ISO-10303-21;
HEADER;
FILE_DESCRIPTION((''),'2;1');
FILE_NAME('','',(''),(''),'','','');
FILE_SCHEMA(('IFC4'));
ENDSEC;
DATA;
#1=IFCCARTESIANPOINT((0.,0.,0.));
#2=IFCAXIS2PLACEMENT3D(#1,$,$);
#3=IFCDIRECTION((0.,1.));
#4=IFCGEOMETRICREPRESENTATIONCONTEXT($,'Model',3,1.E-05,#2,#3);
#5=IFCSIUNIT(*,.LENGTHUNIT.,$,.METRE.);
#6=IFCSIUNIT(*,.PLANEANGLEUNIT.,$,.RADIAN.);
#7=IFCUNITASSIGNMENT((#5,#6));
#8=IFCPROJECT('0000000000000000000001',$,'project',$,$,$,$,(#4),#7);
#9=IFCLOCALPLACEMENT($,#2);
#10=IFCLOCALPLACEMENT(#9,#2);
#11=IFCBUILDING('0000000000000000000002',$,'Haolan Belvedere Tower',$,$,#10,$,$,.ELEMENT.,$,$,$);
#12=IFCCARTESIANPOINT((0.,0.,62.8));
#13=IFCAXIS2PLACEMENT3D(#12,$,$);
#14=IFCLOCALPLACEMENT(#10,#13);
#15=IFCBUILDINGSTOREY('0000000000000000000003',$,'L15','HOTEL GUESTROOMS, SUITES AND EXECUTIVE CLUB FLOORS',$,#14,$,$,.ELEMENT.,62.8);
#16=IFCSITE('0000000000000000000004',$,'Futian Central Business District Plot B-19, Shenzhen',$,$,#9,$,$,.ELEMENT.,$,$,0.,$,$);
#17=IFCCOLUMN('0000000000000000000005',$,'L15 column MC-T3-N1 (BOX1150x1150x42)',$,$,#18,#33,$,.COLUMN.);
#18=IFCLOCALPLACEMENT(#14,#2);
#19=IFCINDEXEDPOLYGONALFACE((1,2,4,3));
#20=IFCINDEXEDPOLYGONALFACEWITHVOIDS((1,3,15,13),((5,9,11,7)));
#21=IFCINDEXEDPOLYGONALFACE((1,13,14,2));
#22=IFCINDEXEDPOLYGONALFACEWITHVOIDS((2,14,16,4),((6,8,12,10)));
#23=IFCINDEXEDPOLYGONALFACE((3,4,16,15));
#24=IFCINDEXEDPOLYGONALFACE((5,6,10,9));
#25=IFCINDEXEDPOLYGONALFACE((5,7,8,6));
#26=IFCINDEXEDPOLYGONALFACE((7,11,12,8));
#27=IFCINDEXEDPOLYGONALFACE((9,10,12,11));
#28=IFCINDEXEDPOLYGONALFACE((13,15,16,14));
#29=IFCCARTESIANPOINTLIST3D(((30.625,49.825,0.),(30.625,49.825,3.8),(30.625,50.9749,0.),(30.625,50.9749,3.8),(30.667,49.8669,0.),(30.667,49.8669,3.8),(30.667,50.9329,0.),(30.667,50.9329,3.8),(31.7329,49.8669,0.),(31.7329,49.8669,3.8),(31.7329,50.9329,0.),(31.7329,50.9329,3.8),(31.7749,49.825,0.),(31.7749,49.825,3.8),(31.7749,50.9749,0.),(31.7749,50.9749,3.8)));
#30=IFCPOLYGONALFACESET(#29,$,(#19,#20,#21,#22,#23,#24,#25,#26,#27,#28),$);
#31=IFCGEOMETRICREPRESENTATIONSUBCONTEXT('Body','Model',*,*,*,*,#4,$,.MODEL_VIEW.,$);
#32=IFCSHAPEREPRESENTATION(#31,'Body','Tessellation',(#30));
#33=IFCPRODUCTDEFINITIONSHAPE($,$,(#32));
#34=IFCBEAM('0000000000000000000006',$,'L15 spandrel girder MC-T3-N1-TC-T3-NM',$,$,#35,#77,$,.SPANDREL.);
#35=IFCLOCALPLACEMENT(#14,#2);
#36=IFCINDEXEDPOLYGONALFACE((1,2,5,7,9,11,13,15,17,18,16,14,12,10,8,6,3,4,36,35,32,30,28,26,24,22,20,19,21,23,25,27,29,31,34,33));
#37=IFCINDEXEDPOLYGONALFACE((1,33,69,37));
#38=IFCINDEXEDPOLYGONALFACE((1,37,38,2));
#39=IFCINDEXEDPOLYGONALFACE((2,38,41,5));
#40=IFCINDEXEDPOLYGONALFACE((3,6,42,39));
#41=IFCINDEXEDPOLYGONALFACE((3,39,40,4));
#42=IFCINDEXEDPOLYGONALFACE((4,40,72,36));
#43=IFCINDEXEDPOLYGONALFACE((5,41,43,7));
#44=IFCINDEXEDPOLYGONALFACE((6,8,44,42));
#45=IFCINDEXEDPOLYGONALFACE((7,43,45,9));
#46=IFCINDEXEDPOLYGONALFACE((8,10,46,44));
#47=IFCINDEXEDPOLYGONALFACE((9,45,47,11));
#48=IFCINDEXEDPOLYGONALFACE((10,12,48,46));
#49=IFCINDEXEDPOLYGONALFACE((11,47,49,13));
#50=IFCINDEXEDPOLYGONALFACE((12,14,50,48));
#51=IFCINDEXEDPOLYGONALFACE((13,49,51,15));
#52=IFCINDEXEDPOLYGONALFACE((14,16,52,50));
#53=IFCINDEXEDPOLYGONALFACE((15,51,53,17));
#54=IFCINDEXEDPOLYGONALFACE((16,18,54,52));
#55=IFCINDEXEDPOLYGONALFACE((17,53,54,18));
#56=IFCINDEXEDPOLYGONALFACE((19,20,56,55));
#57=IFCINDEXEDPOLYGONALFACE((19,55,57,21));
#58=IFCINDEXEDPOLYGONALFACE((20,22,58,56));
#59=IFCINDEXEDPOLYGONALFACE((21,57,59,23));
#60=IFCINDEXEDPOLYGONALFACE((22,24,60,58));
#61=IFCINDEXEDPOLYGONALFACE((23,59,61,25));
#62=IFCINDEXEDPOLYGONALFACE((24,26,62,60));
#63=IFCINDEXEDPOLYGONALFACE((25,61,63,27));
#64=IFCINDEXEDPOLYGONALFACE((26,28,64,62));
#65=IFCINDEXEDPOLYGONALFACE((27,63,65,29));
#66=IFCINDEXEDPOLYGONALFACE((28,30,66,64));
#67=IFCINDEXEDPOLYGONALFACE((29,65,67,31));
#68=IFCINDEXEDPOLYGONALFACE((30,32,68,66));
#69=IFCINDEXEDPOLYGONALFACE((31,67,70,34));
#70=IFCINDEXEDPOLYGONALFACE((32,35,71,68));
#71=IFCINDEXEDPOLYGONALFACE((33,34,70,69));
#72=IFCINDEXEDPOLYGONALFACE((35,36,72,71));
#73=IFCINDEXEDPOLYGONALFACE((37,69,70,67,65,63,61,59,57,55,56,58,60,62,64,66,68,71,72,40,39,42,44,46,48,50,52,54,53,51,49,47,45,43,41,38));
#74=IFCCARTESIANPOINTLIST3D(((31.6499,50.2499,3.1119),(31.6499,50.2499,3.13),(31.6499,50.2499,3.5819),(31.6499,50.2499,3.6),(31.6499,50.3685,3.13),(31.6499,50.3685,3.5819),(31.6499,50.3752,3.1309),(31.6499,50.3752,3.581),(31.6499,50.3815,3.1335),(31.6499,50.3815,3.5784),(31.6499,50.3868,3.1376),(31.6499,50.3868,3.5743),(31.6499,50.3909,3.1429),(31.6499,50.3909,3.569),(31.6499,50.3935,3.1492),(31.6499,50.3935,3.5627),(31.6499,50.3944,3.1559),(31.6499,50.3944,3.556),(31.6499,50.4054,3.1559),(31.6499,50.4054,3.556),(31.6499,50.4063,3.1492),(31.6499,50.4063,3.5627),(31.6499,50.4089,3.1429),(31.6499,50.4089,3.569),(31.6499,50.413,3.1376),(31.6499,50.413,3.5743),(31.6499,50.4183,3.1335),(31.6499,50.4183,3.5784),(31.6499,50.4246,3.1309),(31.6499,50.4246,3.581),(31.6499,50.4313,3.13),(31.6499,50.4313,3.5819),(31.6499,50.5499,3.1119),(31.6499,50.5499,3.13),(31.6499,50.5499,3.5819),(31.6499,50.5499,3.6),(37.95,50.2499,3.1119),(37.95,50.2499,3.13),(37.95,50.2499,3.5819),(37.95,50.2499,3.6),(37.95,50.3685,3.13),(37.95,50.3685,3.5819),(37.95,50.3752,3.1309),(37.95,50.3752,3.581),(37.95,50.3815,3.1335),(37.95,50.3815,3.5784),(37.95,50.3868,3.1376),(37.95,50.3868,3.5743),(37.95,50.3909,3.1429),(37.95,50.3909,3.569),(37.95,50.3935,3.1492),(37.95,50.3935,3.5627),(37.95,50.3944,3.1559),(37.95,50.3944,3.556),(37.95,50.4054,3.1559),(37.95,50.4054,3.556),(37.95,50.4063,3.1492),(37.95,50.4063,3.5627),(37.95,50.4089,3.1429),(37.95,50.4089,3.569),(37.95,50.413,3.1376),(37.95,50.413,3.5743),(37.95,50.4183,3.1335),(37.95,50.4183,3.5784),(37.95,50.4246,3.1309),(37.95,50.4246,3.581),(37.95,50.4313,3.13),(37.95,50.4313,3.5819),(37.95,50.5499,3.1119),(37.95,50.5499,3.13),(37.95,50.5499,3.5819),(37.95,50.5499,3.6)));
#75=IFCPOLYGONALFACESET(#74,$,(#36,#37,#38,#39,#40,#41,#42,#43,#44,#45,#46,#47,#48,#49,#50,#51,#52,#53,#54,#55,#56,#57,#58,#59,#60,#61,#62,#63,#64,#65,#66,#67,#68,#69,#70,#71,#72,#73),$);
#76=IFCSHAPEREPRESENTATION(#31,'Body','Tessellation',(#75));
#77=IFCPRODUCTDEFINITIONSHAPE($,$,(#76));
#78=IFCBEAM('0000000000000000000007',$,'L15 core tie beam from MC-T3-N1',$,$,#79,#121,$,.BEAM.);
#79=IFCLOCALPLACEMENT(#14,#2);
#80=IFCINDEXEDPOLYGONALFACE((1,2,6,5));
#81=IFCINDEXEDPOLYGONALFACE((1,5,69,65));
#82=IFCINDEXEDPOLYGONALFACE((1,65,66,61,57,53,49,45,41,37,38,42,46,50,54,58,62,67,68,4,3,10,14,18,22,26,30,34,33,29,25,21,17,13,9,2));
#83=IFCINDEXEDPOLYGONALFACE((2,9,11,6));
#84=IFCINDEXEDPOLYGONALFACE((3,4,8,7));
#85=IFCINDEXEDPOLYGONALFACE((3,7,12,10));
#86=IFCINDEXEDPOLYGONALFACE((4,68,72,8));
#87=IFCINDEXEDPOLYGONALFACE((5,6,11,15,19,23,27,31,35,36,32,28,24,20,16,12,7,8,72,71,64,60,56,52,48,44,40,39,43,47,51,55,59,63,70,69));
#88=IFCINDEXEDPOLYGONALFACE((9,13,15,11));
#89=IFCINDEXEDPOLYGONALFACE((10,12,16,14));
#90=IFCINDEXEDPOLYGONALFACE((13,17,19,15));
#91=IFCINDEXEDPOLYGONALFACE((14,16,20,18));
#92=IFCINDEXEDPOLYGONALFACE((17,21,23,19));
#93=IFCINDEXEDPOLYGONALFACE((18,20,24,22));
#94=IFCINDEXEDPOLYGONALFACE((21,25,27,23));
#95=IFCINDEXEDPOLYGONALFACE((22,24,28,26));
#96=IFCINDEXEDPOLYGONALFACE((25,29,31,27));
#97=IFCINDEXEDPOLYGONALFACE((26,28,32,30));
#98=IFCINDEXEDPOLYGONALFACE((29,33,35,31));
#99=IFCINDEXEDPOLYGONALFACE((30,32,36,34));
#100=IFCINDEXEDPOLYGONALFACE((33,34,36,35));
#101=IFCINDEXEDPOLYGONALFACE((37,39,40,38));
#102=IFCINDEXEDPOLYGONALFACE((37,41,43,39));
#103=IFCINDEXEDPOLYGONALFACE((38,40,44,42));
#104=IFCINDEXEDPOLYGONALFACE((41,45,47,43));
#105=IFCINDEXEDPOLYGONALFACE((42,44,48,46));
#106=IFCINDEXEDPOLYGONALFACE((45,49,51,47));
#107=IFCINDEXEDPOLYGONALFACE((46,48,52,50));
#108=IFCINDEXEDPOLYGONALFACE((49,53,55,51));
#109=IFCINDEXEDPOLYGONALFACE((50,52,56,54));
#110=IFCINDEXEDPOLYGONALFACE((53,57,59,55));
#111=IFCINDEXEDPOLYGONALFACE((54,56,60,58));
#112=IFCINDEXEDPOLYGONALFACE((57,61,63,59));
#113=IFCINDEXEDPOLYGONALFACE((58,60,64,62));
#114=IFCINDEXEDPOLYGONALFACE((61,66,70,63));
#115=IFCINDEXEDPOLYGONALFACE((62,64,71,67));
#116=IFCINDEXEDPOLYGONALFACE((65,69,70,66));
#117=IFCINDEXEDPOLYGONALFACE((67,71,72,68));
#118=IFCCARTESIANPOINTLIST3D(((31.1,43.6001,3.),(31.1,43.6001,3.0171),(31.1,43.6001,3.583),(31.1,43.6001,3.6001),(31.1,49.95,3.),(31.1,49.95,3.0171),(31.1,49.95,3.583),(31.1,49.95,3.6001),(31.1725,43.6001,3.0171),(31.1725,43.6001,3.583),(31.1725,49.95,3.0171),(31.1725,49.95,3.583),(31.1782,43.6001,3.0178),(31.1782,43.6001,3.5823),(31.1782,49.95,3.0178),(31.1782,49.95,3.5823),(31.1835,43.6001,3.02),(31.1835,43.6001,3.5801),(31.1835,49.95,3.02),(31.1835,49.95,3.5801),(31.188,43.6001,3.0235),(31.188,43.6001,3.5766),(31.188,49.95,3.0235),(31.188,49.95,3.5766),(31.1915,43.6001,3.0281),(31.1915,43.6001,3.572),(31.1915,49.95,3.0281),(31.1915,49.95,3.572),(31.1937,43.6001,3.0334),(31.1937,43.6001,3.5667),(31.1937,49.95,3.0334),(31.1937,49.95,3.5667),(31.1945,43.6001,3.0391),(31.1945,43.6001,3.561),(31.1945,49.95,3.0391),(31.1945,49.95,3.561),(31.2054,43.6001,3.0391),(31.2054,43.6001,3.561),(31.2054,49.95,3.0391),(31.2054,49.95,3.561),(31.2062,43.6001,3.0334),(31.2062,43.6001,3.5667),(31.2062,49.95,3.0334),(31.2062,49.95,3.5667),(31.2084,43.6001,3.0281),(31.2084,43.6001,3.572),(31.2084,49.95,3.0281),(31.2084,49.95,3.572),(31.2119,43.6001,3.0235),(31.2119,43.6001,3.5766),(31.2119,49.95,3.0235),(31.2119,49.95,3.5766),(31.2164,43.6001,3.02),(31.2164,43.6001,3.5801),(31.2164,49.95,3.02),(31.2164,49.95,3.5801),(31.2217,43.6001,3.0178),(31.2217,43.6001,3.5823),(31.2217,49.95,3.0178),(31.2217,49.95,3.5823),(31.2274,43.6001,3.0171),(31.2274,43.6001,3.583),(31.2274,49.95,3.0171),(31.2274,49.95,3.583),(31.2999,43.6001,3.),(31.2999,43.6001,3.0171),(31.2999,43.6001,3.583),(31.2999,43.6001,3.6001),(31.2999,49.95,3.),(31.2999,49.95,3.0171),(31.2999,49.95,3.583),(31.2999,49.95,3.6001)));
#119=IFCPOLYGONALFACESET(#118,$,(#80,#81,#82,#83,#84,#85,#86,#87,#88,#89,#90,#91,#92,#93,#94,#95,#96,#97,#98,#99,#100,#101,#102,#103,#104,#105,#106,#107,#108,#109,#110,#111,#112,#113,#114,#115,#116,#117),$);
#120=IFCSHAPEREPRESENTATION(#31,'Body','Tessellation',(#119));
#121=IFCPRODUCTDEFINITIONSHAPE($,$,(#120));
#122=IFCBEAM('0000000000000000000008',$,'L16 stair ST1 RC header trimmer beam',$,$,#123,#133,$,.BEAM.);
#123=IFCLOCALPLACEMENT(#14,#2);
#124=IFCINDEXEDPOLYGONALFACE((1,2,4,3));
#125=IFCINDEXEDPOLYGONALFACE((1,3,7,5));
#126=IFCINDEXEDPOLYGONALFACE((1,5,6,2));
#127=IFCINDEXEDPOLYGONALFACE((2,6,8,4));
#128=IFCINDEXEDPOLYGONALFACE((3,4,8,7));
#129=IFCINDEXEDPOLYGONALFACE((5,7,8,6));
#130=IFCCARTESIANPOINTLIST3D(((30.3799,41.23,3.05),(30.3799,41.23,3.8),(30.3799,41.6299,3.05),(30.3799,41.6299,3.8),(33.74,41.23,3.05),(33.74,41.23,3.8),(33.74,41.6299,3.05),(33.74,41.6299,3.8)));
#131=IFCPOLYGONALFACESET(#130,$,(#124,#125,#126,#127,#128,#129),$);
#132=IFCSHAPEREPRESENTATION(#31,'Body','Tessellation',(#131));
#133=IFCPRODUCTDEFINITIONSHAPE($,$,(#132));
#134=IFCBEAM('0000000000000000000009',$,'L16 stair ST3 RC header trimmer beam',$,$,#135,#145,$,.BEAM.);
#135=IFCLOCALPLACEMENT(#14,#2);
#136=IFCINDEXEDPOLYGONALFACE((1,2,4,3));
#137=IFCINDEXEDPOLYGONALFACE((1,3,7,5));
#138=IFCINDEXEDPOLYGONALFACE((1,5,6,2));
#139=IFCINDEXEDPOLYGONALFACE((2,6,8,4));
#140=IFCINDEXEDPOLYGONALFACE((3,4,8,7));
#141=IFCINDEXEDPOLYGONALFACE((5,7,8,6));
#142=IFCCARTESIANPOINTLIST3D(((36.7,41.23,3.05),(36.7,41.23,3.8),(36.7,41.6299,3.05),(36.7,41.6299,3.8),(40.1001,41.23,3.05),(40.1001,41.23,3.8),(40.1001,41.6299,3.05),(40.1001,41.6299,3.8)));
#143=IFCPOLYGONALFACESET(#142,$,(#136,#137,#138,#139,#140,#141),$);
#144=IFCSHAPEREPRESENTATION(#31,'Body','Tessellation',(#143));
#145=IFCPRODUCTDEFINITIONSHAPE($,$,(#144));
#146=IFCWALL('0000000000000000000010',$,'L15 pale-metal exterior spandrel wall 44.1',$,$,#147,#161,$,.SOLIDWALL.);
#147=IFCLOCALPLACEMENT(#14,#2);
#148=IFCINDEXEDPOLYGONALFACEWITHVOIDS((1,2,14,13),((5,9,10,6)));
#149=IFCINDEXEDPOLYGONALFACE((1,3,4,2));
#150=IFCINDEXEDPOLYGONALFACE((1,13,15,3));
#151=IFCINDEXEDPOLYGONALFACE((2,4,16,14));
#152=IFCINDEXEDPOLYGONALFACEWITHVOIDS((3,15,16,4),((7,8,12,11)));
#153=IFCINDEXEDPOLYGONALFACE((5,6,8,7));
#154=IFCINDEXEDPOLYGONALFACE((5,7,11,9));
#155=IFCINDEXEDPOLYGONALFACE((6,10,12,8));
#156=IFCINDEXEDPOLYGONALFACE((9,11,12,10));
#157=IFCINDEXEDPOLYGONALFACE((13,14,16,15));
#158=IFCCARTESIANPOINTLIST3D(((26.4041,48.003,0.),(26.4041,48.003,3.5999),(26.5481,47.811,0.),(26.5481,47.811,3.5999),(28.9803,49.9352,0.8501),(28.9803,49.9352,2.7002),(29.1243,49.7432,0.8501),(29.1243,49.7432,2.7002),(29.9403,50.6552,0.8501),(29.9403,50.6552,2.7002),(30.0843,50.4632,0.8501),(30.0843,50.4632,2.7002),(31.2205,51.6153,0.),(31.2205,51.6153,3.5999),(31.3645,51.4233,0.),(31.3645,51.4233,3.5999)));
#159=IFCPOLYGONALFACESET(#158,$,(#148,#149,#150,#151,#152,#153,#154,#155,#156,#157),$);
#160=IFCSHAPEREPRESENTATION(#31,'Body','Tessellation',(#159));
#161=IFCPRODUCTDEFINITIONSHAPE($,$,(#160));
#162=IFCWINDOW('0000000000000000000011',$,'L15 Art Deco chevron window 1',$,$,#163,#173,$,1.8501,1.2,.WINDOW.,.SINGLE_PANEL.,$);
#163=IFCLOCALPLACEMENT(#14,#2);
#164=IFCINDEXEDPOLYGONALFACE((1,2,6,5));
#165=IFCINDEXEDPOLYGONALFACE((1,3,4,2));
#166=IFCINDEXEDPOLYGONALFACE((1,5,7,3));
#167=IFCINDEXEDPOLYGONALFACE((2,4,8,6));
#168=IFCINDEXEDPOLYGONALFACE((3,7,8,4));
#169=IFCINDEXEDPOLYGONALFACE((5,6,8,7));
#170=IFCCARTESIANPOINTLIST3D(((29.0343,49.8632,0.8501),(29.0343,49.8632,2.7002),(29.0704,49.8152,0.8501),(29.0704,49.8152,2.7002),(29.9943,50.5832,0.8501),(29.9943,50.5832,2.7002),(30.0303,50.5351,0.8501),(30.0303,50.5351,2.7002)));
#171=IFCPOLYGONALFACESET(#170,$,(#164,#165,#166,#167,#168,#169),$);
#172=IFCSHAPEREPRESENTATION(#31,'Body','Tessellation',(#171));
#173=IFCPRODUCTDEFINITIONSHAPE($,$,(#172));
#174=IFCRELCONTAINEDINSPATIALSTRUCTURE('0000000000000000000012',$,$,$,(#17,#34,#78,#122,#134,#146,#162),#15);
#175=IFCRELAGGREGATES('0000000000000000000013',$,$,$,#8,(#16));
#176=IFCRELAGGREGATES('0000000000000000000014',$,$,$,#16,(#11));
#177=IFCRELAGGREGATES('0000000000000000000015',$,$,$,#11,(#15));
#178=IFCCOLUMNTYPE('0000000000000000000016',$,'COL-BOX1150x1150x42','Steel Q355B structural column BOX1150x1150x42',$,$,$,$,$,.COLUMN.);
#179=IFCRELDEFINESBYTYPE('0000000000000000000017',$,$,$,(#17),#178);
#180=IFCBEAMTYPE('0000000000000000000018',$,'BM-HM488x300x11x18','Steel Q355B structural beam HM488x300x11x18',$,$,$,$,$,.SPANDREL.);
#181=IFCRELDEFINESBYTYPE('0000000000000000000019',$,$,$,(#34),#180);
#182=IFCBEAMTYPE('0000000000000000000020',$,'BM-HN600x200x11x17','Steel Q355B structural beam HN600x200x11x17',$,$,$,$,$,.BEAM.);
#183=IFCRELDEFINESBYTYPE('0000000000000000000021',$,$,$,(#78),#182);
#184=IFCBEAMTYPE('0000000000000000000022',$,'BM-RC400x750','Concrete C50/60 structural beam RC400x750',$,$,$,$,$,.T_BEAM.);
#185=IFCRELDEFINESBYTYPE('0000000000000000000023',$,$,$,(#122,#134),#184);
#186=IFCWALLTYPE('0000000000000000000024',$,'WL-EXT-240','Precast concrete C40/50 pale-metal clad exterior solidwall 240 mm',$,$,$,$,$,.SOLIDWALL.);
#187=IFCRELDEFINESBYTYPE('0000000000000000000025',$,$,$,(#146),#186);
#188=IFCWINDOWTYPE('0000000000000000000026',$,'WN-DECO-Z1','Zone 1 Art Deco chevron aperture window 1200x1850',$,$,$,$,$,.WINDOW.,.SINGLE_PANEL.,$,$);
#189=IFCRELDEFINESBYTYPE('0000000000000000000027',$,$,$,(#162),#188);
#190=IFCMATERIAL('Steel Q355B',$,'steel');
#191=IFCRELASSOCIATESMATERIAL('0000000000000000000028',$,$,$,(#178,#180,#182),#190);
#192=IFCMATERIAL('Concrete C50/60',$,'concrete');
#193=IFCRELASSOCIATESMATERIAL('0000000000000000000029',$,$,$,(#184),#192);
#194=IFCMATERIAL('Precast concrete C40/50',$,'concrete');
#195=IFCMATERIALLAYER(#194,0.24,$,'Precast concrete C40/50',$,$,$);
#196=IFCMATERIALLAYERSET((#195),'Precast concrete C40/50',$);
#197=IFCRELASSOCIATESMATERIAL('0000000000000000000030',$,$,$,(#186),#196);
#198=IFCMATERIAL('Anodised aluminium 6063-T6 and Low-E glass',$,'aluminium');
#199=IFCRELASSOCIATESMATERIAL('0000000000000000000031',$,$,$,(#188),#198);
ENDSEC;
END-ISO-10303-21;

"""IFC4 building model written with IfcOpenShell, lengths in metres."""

from ifc_helpers import new_model, si_unit, direction, frame, frame_2d, origin, origin_2d, place, context, subcontext, project, spatial, rectangle, hollow_rectangle, i_section, extrude, material, layer, layer_set, material_profile, profile_set, type_object, element, fill, save


model = new_model("IFC4")

# Units and contexts
model_context = context("Model", 3, precision=1e-05, world=origin(), true_north=direction((0.0, 1.0)))
body_context = subcontext(model_context, "Body", "Model", "MODEL_VIEW")
ifc_project = project(units=[si_unit("LENGTHUNIT", "METRE"), si_unit("PLANEANGLEUNIT", "RADIAN")], contexts=[model_context])

# Site, building, storey
site_placement = place(None, origin())
site = spatial("IfcSite", under=ifc_project, at=site_placement, Name="Futian Central Business District Plot B-19, Shenzhen", CompositionType="ELEMENT", RefElevation=0.0)
building_placement = place(site_placement, origin())
building = spatial("IfcBuilding", under=site, at=building_placement, Name="Haolan Belvedere Tower", CompositionType="ELEMENT")
storey_placement = place(building_placement, frame((0.0, 0.0, 62.8)))
storey = spatial("IfcBuildingStorey", under=building, at=storey_placement, Name="L15", Description="HOTEL GUESTROOMS, SUITES AND EXECUTIVE CLUB FLOORS", CompositionType="ELEMENT", Elevation=62.8)

# Column
ifc_material_1 = material(Name="Steel Q355B", Category="steel")
ifc_material_profile_1 = material_profile(ifc_material_1, hollow_rectangle(XDim=1.1499, YDim=1.1499, WallThickness=0.042, at=origin_2d()), Name="Steel Q355B")
ifc_profile_set_1 = profile_set([ifc_material_profile_1], Name="Steel Q355B")
column_type = type_object("IfcColumnType", Name="COL-BOX1150x1150x42", Description="Steel Q355B structural column BOX1150x1150x42", PredefinedType="COLUMN", material=ifc_profile_set_1)
column_placement = place(storey_placement, frame((31.2, 50.3999, 0.0), z_axis=(0.0, 0.0, 1.0), x_axis=(1.0, 0.0, 0.0)))
element("IfcColumn", 1, at=column_placement, inside=storey, type_object=column_type, Name="L15 column MC-T3-N1 (BOX1150x1150x42)", PredefinedType="COLUMN", context=body_context, shape_type="SweptSolid", body=[
    extrude(hollow_rectangle(XDim=1.1499, YDim=1.1499, WallThickness=0.042, at=origin_2d()), origin(), (0.0, 0.0, 1.0), 3.8),
])

# Beams
ifc_material_profile_2 = material_profile(ifc_material_1, i_section(OverallWidth=0.3, OverallDepth=0.488, WebThickness=0.011, FlangeThickness=0.0181, FilletRadius=0.0259, at=origin_2d()), Name="Steel Q355B")
ifc_profile_set_2 = profile_set([ifc_material_profile_2], Name="Steel Q355B")
beam_type_1 = type_object("IfcBeamType", Name="BM-HM488x300x11x18", Description="Steel Q355B structural beam HM488x300x11x18", PredefinedType="SPANDREL", material=ifc_profile_set_2)
beam_1_placement = place(storey_placement, frame((31.6499, 50.3999, 3.356), z_axis=(1.0, 0.0, 0.0), x_axis=(0.0, 1.0, 0.0)))
element("IfcBeam", 2, at=beam_1_placement, inside=storey, type_object=beam_type_1, Name="L15 spandrel girder MC-T3-N1-TC-T3-NM", PredefinedType="SPANDREL", context=body_context, shape_type="SweptSolid", body=[
    extrude(i_section(OverallWidth=0.3, OverallDepth=0.488, WebThickness=0.011, FlangeThickness=0.0181, FilletRadius=0.0259, at=origin_2d()), origin(), (0.0, 0.0, 1.0), 6.3),
])
ifc_material_profile_3 = material_profile(ifc_material_1, i_section(OverallWidth=0.2, OverallDepth=0.6001, WebThickness=0.011, FlangeThickness=0.0171, FilletRadius=0.022, at=origin_2d()), Name="Steel Q355B")
ifc_profile_set_3 = profile_set([ifc_material_profile_3], Name="Steel Q355B")
beam_type_2 = type_object("IfcBeamType", Name="BM-HN600x200x11x17", Description="Steel Q355B structural beam HN600x200x11x17", PredefinedType="BEAM", material=ifc_profile_set_3)
beam_2_placement = place(storey_placement, frame((31.2, 49.95, 3.3), z_axis=(0.0, -1.0, 0.0), x_axis=(1.0, 0.0, 0.0)))
element("IfcBeam", 3, at=beam_2_placement, inside=storey, type_object=beam_type_2, Name="L15 core tie beam from MC-T3-N1", PredefinedType="BEAM", context=body_context, shape_type="SweptSolid", body=[
    extrude(i_section(OverallWidth=0.2, OverallDepth=0.6001, WebThickness=0.011, FlangeThickness=0.0171, FilletRadius=0.022, at=origin_2d()), origin(), (0.0, 0.0, 1.0), 6.3499),
])
ifc_material_2 = material(Name="Concrete C50/60", Category="concrete")
ifc_material_profile_4 = material_profile(ifc_material_2, rectangle(XDim=0.3999, YDim=0.75, at=origin_2d()), Name="Concrete C50/60")
ifc_profile_set_4 = profile_set([ifc_material_profile_4], Name="Concrete C50/60")
beam_type_3 = type_object("IfcBeamType", Name="BM-RC400x750", Description="Concrete C50/60 structural beam RC400x750", PredefinedType="T_BEAM", material=ifc_profile_set_4)
beam_3_placement = place(storey_placement, frame((30.3799, 41.4299, 3.425), z_axis=(1.0, 0.0, 0.0), x_axis=(0.0, 1.0, 0.0)))
element("IfcBeam", 4, at=beam_3_placement, inside=storey, type_object=beam_type_3, Name="L16 stair ST1 RC header trimmer beam", PredefinedType="BEAM", context=body_context, shape_type="SweptSolid", body=[
    extrude(rectangle(XDim=0.3999, YDim=0.75, at=origin_2d()), origin(), (0.0, 0.0, 1.0), 3.3601),
])
beam_4_placement = place(storey_placement, frame((36.7, 41.4299, 3.425), z_axis=(1.0, 0.0, 0.0), x_axis=(0.0, 1.0, 0.0)))
element("IfcBeam", 5, at=beam_4_placement, inside=storey, type_object=beam_type_3, Name="L16 stair ST3 RC header trimmer beam", PredefinedType="BEAM", context=body_context, shape_type="SweptSolid", body=[
    extrude(rectangle(XDim=0.3999, YDim=0.75, at=origin_2d()), origin(), (0.0, 0.0, 1.0), 3.4001),
])

# Wall, opening, window
ifc_material_3 = material(Name="Precast concrete C40/50", Category="concrete")
ifc_layer_1 = layer(ifc_material_3, 0.24, Name="Precast concrete C40/50")
ifc_layer_set_1 = layer_set([ifc_layer_1], Name="Precast concrete C40/50")
wall_type_1 = type_object("IfcWallType", Name="WL-EXT-240", Description="Precast concrete C40/50 pale-metal clad exterior solidwall 240 mm", PredefinedType="SOLIDWALL", material=ifc_layer_set_1)
wall_1_placement = place(storey_placement, frame((31.2925, 51.5193, 0.0), z_axis=(0.0, 0.0, 1.0), x_axis=(-0.8, -0.6, 0.0)))
wall_1 = element("IfcWall", 6, at=wall_1_placement, inside=storey, type_object=wall_type_1, Name="L15 pale-metal exterior spandrel wall 44.1", PredefinedType="SOLIDWALL", context=body_context, shape_type="SweptSolid", body=[
    extrude(rectangle(XDim=6.0205, YDim=0.24, at=frame_2d((3.0103, 0.0))), origin(), (0.0, 0.0, 1.0), 3.5999),
])
opening_1_placement = place(wall_1_placement, frame((1.6001, 0.0, 0.8501)))
opening_1 = element("IfcOpeningElement", 7, at=opening_1_placement, cuts=wall_1, PredefinedType="OPENING", context=body_context, shape_type="SweptSolid", body=[
    extrude(rectangle(XDim=1.2, YDim=1.8501, at=frame_2d((0.6001, 0.925))), frame((0.0, 0.1299, 0.0), z_axis=(0.0, -1.0, 0.0), x_axis=(1.0, 0.0, 0.0)), (0.0, 0.0, 1.0), 0.26),
])
ifc_material_4 = material(Name="Anodised aluminium 6063-T6 and Low-E glass", Category="aluminium")
window_type = type_object("IfcWindowType", Name="WN-DECO-Z1", Description="Zone 1 Art Deco chevron aperture window 1200x1850", PartitioningType="SINGLE_PANEL", PredefinedType="WINDOW", material=ifc_material_4)
window_placement = place(opening_1_placement, origin())
window = element("IfcWindow", 8, at=window_placement, inside=storey, type_object=window_type, Name="L15 Art Deco chevron window 1", OverallHeight=1.8501, OverallWidth=1.2, PartitioningType="SINGLE_PANEL", PredefinedType="WINDOW", context=body_context, shape_type="SweptSolid", body=[
    extrude(rectangle(XDim=1.2, YDim=1.8501, at=frame_2d((0.6001, 0.925))), frame((0.0, 0.03, 0.0), z_axis=(0.0, -1.0, 0.0), x_axis=(1.0, 0.0, 0.0)), (0.0, 0.0, 1.0), 0.0601),
])
fill(opening_1, window)

save(model, "model.ifc")
